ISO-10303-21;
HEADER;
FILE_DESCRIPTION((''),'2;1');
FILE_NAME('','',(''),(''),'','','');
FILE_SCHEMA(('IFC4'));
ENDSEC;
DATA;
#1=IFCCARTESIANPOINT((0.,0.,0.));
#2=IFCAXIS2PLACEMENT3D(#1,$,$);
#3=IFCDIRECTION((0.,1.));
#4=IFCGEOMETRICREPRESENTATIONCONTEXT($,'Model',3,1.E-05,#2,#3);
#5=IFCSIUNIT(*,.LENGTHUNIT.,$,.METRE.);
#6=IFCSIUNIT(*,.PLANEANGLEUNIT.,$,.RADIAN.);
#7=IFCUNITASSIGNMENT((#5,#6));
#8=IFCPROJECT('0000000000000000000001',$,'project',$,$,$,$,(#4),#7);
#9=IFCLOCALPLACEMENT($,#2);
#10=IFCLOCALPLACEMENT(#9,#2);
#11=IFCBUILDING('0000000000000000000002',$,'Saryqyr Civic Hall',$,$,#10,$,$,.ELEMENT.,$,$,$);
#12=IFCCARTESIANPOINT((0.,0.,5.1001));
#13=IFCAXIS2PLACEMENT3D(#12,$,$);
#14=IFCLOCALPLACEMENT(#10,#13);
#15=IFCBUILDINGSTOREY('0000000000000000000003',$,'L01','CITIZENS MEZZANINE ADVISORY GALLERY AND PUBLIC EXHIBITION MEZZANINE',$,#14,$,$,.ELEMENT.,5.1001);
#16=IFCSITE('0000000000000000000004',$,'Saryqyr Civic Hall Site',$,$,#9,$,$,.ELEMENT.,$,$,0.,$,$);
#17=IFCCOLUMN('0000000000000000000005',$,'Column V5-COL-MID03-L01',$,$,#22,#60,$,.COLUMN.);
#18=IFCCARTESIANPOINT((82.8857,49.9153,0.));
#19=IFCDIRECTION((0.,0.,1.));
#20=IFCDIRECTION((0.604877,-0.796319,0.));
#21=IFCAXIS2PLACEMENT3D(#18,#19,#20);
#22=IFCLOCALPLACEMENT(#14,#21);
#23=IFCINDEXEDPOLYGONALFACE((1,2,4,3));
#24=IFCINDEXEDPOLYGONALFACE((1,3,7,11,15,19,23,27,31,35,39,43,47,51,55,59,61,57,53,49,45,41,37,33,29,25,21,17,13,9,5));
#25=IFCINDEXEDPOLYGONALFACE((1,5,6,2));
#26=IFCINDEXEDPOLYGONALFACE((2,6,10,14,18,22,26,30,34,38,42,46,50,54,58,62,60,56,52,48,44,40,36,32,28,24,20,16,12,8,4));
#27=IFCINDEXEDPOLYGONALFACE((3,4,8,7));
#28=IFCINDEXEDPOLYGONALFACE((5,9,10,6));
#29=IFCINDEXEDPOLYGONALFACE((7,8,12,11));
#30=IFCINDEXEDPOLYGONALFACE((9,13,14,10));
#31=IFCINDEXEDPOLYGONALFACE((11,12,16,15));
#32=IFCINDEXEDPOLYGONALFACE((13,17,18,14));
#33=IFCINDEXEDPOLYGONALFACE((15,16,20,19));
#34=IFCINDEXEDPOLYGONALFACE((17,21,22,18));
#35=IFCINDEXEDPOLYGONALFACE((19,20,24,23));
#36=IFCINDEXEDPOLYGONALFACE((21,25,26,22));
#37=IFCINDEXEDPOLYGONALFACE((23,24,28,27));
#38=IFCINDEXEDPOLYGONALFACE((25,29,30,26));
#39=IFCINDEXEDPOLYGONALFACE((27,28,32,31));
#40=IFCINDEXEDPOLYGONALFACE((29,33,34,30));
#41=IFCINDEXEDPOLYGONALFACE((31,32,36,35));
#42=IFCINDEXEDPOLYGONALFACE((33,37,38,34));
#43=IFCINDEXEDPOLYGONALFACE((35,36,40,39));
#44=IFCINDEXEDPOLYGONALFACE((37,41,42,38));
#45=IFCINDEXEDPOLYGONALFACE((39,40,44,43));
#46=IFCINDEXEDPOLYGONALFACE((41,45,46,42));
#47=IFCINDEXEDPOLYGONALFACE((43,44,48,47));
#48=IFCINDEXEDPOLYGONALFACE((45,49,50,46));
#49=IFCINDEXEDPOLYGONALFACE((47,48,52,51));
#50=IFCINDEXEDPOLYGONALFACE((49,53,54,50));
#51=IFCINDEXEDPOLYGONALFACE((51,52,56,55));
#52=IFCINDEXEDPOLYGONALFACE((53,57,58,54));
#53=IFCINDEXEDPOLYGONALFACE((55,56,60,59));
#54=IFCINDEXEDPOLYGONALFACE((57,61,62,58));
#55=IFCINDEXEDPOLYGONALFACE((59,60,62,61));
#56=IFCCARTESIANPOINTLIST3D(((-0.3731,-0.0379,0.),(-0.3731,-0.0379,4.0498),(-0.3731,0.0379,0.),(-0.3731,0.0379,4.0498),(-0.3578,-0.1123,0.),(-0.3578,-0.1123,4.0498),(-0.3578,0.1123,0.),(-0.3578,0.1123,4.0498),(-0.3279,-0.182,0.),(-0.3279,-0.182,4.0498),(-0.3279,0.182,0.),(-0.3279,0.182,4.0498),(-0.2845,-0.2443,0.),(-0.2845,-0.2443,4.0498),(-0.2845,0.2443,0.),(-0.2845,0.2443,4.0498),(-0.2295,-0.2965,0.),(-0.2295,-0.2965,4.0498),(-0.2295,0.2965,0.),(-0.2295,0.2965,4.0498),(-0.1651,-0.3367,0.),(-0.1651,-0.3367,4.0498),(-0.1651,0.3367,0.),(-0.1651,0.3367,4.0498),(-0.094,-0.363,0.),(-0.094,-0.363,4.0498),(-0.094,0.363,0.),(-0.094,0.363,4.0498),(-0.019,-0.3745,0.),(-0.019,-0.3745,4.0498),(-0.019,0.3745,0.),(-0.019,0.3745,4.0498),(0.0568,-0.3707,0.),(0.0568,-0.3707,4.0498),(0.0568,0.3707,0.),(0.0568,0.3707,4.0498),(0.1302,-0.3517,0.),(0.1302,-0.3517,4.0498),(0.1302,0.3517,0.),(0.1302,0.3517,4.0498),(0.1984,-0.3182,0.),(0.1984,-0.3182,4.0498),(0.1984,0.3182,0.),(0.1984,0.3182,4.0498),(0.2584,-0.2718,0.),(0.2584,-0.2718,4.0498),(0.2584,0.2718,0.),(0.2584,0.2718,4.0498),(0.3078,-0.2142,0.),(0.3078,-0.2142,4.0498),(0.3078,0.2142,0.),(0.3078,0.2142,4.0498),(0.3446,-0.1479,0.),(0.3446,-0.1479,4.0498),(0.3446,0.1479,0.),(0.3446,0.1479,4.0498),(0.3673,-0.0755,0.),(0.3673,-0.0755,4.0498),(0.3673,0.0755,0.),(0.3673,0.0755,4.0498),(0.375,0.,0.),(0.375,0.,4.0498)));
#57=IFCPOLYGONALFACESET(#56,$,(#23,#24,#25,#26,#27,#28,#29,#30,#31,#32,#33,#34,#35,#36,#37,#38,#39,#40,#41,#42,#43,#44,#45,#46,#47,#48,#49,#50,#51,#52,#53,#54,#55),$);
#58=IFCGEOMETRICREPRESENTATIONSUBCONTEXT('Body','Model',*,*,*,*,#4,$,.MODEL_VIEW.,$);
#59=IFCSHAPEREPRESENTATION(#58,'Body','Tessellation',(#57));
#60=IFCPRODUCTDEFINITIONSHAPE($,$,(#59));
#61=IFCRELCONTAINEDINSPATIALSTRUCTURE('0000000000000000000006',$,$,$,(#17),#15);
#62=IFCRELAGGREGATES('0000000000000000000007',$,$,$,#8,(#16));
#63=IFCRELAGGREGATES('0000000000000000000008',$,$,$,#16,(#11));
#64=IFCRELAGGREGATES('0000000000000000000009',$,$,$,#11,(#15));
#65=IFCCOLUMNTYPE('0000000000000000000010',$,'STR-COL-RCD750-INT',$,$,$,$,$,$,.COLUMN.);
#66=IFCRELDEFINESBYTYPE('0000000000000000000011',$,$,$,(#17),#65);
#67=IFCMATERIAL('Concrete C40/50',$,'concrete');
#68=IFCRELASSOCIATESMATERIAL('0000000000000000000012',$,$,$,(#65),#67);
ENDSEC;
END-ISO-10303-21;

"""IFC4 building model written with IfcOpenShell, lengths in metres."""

from ifc_helpers import new_model, si_unit, direction, frame, origin, origin_2d, place, context, subcontext, project, spatial, circle, extrude, material, material_profile, profile_set, type_object, element, save


model = new_model("IFC4")

# Units and contexts
model_context = context("Model", 3, precision=1e-05, world=origin(), true_north=direction((0.0, 1.0)))
body_context = subcontext(model_context, "Body", "Model", "MODEL_VIEW")
ifc_project = project(units=[si_unit("LENGTHUNIT", "METRE"), si_unit("PLANEANGLEUNIT", "RADIAN")], contexts=[model_context])

# Site, building, storey
site_placement = place(None, origin())
site = spatial("IfcSite", under=ifc_project, at=site_placement, Name="Saryqyr Civic Hall Site", CompositionType="ELEMENT", RefElevation=0.0)
building_placement = place(site_placement, origin())
building = spatial("IfcBuilding", under=site, at=building_placement, Name="Saryqyr Civic Hall", CompositionType="ELEMENT")
storey_placement = place(building_placement, frame((0.0, 0.0, 5.1001)))
storey = spatial("IfcBuildingStorey", under=building, at=storey_placement, Name="L01", Description="CITIZENS MEZZANINE ADVISORY GALLERY AND PUBLIC EXHIBITION MEZZANINE", CompositionType="ELEMENT", Elevation=5.1001)

# Column
ifc_material_1 = material(Name="Concrete C40/50", Category="concrete")
ifc_material_profile_1 = material_profile(ifc_material_1, circle(Radius=0.375, at=origin_2d()), Name="RC D750")
ifc_profile_set_1 = profile_set([ifc_material_profile_1], Name="Concrete C40/50")
column_type_1 = type_object("IfcColumnType", Name="STR-COL-RCD750-INT", PredefinedType="COLUMN", material=ifc_profile_set_1)
for number, where, z_axis, x_axis, name in (
    (1, (82.8857, 49.9153, 0.0), (0.0, 0.0, 1.0), (0.604877, -0.796319, 0.0), "Column V5-COL-MID03-L01"),
):
    element("IfcColumn", number, at=place(storey_placement, frame(where, z_axis=z_axis, x_axis=x_axis)), inside=storey, type_object=column_type_1, Name=name, PredefinedType="COLUMN", context=body_context, shape_type="SweptSolid", body=[
        extrude(circle(Radius=0.375, at=origin_2d()), origin(), (0.0, 0.0, 1.0), 4.0498),
    ])

save(model, "model.ifc")
